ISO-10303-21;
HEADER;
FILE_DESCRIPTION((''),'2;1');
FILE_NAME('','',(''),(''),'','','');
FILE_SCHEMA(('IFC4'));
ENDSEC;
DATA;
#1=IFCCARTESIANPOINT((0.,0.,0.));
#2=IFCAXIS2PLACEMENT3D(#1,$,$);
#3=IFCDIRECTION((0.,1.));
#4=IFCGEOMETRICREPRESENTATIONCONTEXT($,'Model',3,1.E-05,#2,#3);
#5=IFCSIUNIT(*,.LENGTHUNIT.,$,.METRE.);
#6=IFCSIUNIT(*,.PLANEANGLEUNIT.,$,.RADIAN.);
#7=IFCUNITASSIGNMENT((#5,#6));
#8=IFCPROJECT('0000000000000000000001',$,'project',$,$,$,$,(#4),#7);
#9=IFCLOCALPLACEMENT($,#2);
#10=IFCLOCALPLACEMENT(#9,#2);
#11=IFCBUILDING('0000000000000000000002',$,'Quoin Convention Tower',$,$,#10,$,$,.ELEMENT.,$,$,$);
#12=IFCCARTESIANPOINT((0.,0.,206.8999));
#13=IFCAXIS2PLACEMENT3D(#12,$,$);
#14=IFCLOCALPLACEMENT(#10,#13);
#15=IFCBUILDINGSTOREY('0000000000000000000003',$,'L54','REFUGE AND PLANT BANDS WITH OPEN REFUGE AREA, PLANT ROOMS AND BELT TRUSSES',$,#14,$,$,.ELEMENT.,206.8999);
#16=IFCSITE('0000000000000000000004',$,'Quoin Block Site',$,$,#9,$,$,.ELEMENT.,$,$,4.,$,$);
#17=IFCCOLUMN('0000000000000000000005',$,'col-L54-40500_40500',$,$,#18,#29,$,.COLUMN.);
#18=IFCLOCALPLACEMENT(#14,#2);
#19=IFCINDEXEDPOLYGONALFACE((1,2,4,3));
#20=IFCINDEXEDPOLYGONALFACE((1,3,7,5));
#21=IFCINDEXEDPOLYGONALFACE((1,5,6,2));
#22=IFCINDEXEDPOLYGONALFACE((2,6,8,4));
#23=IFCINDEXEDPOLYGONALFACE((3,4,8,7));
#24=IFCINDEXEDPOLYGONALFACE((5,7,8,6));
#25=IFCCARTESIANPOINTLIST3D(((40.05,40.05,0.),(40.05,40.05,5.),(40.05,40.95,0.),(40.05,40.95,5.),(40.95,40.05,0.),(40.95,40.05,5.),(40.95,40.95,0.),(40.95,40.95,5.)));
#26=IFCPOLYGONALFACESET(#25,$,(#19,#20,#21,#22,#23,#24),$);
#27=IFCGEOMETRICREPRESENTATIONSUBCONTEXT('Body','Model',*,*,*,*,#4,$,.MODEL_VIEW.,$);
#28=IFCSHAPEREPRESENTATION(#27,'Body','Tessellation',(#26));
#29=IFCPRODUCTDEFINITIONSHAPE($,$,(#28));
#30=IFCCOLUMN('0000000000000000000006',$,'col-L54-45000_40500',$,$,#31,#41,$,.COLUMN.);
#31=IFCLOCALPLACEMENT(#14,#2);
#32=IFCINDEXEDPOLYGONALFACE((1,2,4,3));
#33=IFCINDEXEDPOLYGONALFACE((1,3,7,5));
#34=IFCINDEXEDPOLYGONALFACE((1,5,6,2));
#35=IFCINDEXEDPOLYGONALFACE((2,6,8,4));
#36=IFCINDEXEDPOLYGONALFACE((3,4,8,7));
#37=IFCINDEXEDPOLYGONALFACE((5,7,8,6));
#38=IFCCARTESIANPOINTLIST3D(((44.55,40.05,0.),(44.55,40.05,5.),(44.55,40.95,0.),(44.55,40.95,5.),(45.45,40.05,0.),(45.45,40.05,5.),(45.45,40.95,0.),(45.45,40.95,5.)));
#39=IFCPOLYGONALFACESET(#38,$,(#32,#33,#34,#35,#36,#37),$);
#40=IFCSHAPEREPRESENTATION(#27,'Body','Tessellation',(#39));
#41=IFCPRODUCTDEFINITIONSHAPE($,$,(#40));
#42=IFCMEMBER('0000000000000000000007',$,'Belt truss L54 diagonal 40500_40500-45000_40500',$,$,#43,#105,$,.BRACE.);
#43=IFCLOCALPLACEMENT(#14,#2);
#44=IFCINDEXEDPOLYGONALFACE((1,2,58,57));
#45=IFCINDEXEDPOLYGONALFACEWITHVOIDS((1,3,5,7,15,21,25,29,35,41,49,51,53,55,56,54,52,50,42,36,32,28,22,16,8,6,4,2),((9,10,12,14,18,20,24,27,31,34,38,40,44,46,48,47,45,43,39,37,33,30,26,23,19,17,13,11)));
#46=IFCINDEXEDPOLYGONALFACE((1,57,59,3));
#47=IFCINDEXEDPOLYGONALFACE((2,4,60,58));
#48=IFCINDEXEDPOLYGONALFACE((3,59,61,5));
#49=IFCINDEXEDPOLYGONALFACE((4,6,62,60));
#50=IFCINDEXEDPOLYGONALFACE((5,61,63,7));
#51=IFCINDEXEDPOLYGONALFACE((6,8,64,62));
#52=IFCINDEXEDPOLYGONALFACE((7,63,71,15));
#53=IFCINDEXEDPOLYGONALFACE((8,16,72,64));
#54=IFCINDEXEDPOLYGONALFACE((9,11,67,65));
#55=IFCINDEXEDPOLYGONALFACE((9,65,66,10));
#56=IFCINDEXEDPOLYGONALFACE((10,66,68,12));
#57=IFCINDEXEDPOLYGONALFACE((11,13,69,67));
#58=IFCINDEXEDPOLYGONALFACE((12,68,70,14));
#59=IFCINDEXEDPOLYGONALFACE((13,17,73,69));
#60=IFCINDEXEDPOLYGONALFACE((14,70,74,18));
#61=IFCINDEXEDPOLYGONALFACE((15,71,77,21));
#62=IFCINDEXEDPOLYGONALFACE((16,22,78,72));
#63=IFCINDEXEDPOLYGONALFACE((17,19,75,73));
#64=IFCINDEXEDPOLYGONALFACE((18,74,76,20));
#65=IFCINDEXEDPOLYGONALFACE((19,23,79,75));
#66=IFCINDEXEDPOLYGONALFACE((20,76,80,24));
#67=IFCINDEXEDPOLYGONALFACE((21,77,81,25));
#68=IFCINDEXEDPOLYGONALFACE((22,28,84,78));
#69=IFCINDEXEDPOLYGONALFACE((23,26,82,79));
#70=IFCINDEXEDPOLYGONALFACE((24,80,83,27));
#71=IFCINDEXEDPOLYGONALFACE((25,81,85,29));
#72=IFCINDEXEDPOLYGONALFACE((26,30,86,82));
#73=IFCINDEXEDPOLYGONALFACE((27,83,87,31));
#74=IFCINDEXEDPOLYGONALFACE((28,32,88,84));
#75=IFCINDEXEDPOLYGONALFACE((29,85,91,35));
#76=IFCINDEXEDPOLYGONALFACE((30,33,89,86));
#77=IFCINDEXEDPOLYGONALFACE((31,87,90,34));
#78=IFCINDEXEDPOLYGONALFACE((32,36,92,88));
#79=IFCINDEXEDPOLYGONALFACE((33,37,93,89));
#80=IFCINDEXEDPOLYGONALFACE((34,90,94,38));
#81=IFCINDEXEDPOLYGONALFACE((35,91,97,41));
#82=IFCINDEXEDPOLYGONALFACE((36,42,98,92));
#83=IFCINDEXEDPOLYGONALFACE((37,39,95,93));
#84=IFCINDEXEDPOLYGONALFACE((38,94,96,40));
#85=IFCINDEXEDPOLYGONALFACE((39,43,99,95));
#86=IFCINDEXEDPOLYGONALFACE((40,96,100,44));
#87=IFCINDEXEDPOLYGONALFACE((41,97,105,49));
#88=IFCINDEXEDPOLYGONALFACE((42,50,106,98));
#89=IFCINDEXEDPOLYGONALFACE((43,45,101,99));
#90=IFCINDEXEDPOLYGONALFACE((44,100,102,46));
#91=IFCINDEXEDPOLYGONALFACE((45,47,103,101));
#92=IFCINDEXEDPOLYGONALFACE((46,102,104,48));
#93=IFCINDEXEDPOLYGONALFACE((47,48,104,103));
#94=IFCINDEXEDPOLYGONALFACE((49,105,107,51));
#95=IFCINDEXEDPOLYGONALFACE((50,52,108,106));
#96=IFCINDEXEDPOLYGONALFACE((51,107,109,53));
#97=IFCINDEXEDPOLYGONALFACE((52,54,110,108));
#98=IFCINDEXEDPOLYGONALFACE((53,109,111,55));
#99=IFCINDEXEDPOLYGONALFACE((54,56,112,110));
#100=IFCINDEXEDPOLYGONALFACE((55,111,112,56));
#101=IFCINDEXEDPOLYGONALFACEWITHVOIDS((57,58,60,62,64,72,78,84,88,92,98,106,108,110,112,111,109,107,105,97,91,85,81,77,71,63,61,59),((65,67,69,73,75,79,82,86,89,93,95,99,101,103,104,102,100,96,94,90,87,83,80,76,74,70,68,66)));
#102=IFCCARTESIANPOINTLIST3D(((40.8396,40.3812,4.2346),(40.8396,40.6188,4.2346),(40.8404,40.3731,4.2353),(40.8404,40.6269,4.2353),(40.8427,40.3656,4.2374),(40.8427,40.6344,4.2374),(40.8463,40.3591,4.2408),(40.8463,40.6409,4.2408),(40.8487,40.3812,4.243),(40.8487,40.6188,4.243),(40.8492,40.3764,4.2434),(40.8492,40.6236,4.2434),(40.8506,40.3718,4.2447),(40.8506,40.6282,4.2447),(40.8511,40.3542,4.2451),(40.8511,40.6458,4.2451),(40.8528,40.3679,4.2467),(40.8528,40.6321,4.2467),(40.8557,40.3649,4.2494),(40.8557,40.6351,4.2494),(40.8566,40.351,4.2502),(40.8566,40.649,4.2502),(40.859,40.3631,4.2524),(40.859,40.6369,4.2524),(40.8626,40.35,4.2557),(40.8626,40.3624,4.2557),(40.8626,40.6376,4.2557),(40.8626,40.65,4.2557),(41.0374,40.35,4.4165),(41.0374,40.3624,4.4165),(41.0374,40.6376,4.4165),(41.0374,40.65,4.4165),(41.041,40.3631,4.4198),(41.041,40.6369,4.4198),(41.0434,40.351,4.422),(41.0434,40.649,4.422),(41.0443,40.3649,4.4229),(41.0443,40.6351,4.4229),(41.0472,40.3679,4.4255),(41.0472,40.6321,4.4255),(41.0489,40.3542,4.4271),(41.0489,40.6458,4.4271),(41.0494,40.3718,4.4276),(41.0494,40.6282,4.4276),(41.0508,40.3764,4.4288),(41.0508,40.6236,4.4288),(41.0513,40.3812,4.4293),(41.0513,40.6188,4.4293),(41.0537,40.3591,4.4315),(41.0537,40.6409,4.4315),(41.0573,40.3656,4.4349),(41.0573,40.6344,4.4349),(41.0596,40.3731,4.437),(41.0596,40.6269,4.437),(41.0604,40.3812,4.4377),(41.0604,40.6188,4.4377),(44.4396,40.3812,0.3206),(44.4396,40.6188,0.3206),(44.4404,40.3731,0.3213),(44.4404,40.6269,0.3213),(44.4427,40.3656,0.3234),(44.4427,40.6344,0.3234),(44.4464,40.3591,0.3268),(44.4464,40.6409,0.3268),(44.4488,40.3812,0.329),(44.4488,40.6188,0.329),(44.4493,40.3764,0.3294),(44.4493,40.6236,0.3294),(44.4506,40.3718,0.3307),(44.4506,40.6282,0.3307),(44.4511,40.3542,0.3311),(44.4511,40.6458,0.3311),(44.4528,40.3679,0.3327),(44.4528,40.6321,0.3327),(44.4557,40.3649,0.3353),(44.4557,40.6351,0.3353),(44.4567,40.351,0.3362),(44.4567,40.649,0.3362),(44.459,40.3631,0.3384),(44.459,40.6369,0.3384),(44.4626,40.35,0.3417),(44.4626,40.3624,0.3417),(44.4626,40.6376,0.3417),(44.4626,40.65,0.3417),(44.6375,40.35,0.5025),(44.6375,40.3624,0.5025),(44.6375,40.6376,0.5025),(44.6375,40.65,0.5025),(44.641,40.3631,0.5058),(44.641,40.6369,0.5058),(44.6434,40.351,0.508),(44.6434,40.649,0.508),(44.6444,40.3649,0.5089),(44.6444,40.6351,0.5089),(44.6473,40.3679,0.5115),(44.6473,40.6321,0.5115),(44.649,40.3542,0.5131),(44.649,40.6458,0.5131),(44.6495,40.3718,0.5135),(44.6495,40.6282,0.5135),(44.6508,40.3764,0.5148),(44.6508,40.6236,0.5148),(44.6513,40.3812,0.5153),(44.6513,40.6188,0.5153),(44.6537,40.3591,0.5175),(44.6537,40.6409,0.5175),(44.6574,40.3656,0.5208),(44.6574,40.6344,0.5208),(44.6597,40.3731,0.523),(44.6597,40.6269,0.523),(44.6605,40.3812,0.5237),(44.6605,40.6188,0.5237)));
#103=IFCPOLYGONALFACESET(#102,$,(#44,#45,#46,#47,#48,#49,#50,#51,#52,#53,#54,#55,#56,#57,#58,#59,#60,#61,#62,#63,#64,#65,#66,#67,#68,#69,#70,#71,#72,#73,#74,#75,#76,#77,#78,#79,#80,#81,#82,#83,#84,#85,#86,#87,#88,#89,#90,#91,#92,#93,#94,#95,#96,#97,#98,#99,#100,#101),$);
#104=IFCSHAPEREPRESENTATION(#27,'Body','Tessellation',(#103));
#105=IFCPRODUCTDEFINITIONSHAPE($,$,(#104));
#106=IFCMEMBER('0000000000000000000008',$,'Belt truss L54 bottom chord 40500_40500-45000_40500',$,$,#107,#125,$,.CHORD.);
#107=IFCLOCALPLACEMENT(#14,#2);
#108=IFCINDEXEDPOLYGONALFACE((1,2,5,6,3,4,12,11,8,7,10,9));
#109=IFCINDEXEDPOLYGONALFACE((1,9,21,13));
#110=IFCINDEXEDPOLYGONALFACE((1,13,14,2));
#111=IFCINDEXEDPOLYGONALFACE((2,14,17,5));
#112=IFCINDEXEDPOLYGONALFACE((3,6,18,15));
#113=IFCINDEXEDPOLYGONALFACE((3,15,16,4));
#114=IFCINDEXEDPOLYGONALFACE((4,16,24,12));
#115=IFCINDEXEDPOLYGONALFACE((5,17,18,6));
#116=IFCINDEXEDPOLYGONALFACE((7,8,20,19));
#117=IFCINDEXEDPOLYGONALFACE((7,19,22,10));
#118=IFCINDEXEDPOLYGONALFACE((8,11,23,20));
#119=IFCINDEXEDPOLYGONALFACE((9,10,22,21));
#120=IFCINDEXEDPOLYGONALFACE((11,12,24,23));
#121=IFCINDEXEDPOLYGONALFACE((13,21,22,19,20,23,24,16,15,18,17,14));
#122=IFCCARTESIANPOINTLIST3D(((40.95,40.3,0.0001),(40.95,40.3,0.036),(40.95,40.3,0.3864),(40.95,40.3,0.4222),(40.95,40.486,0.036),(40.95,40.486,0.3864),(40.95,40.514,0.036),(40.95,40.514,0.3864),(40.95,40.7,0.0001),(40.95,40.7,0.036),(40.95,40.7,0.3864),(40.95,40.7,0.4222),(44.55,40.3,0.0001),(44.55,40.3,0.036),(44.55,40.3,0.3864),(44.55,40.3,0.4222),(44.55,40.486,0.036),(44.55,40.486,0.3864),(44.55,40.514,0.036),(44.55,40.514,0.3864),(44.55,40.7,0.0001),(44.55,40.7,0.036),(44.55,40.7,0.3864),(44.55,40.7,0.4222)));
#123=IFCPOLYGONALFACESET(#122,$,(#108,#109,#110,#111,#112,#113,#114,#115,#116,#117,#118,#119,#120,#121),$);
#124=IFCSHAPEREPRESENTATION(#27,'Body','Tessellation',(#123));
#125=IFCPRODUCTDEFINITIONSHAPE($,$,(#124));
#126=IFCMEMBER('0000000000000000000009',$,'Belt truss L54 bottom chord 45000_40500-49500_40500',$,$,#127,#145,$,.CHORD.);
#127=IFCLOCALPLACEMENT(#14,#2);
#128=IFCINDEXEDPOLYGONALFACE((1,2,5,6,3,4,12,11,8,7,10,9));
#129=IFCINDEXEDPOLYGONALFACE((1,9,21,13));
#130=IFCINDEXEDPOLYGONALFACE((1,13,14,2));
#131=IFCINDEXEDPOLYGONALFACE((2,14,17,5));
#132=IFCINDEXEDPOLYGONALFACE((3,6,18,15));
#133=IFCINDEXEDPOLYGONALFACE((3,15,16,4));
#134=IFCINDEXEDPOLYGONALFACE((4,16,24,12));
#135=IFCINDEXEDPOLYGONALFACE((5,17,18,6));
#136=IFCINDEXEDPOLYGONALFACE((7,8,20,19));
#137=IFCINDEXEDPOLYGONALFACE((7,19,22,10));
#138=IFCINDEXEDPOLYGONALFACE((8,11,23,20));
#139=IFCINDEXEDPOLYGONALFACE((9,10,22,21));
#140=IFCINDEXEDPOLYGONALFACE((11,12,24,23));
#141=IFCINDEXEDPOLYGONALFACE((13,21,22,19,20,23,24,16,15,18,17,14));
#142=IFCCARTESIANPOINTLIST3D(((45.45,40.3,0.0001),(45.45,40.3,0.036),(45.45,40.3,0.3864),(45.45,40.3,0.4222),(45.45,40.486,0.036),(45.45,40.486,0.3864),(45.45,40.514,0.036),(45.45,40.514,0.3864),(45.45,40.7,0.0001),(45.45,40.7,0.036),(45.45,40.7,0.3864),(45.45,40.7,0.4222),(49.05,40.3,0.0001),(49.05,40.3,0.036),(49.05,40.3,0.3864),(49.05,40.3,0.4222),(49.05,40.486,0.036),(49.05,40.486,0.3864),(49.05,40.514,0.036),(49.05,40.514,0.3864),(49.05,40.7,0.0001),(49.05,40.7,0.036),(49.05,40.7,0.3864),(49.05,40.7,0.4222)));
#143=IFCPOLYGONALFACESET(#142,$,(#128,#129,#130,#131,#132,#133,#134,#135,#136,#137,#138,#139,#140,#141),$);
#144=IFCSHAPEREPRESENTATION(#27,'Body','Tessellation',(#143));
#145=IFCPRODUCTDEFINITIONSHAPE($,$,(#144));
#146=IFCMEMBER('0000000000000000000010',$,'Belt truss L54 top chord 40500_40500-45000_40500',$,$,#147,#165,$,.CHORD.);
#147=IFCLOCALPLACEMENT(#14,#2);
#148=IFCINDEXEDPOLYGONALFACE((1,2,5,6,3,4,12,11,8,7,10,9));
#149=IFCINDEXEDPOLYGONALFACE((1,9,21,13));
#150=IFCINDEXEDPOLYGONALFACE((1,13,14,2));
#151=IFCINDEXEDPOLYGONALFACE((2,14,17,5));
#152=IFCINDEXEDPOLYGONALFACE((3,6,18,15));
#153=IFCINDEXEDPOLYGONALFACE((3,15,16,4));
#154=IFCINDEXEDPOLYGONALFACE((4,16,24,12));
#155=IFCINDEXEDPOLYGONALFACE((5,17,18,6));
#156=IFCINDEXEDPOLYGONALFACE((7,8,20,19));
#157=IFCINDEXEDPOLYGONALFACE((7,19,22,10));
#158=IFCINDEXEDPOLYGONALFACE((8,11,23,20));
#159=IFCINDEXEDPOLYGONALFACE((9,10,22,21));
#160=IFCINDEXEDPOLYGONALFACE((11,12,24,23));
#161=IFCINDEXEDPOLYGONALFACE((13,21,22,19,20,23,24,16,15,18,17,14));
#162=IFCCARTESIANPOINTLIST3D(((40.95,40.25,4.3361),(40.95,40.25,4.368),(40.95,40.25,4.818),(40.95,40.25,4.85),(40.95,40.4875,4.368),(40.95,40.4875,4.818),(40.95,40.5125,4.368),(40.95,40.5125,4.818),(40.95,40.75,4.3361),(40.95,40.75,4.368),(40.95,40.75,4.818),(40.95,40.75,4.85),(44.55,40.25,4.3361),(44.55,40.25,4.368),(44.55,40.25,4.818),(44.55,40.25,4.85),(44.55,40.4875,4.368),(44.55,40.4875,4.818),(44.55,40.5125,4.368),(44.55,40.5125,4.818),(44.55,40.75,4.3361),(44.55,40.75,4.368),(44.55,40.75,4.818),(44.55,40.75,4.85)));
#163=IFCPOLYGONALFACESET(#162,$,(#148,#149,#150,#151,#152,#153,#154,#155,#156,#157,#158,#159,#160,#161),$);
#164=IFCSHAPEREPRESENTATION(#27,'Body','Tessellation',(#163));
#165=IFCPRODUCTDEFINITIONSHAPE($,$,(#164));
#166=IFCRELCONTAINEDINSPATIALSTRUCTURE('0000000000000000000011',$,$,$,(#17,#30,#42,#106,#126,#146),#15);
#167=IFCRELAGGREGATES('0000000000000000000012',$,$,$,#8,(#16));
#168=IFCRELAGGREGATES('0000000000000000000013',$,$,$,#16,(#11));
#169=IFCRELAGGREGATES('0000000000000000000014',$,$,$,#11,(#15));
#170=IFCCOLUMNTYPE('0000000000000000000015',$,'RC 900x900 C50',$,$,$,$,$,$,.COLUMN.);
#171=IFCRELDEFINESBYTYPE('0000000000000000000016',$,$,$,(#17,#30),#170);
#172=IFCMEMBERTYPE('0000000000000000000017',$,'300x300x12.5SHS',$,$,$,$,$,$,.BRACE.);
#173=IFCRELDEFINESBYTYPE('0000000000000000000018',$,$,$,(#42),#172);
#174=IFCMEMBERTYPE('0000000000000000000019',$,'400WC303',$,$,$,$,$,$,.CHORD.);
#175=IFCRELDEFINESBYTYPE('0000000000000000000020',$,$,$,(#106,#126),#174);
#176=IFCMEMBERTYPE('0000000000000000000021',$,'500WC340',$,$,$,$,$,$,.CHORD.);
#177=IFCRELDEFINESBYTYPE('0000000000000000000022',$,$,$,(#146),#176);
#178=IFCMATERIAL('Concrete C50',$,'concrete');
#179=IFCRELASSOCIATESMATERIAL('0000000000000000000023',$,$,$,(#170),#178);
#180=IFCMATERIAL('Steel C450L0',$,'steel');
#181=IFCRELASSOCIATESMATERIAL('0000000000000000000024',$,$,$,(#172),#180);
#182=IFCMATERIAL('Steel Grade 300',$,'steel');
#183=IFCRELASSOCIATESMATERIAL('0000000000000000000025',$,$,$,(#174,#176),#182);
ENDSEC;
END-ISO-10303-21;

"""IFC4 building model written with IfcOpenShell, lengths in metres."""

from ifc_helpers import new_model, si_unit, direction, frame, origin, origin_2d, place, context, subcontext, project, spatial, rectangle, hollow_rectangle, i_section, extrude, material, material_profile, profile_set, type_object, element, save


model = new_model("IFC4")

# Units and contexts
model_context = context("Model", 3, precision=1e-05, world=origin(), true_north=direction((0.0, 1.0)))
body_context = subcontext(model_context, "Body", "Model", "MODEL_VIEW")
ifc_project = project(units=[si_unit("LENGTHUNIT", "METRE"), si_unit("PLANEANGLEUNIT", "RADIAN")], contexts=[model_context])

# Site, building, storey
site_placement = place(None, origin())
site = spatial("IfcSite", under=ifc_project, at=site_placement, Name="Quoin Block Site", CompositionType="ELEMENT", RefElevation=4.0)
building_placement = place(site_placement, origin())
building = spatial("IfcBuilding", under=site, at=building_placement, Name="Quoin Convention Tower", CompositionType="ELEMENT")
storey_placement = place(building_placement, frame((0.0, 0.0, 206.8999)))
storey = spatial("IfcBuildingStorey", under=building, at=storey_placement, Name="L54", Description="REFUGE AND PLANT BANDS WITH OPEN REFUGE AREA, PLANT ROOMS AND BELT TRUSSES", CompositionType="ELEMENT", Elevation=206.8999)

# Columns
ifc_material_1 = material(Name="Concrete C50", Category="concrete")
ifc_material_profile_1 = material_profile(ifc_material_1, rectangle(XDim=0.8999, YDim=0.8999, at=origin_2d()), Name="RC 900x900")
ifc_profile_set_1 = profile_set([ifc_material_profile_1], Name="Concrete C50")
column_type = type_object("IfcColumnType", Name="RC 900x900 C50", PredefinedType="COLUMN", material=ifc_profile_set_1)
for number, where, z_axis, x_axis, name in (
    (1, (40.5, 40.5, 0.0), (0.0, 0.0, 1.0), (1.0, 0.0, 0.0), "col-L54-40500_40500"),
    (2, (45.0, 40.5, 0.0), (0.0, 0.0, 1.0), (1.0, 0.0, 0.0), "col-L54-45000_40500"),
):
    element("IfcColumn", number, at=place(storey_placement, frame(where, z_axis=z_axis, x_axis=x_axis)), inside=storey, type_object=column_type, Name=name, PredefinedType="COLUMN", context=body_context, shape_type="SweptSolid", body=[
        extrude(rectangle(XDim=0.8999, YDim=0.8999, at=origin_2d()), origin(), (0.0, 0.0, 1.0), 5.0),
    ])

# Members
ifc_material_2 = material(Name="Steel C450L0", Category="steel")
ifc_material_profile_2 = material_profile(ifc_material_2, hollow_rectangle(XDim=0.3, YDim=0.3, WallThickness=0.0125, InnerFilletRadius=0.0188, OuterFilletRadius=0.0312, at=origin_2d()), Name="300x300x12.5SHS")
ifc_profile_set_2 = profile_set([ifc_material_profile_2], Name="Steel C450L0")
member_type_1 = type_object("IfcMemberType", Name="300x300x12.5SHS", PredefinedType="BRACE", material=ifc_profile_set_2)
member_1_placement = place(storey_placement, frame((44.55, 40.5, 0.4221), z_axis=(-0.676971, 0.0, 0.73601), x_axis=(0.0, -1.0, 0.0)))
element("IfcMember", 3, at=member_1_placement, inside=storey, type_object=member_type_1, Name="Belt truss L54 diagonal 40500_40500-45000_40500", PredefinedType="BRACE", context=body_context, shape_type="SweptSolid", body=[
    extrude(hollow_rectangle(XDim=0.3, YDim=0.3, WallThickness=0.0125, InnerFilletRadius=0.0188, OuterFilletRadius=0.0312, at=origin_2d()), origin(), (0.0, 0.0, 1.0), 5.3179),
])
ifc_material_3 = material(Name="Steel Grade 300", Category="steel")
ifc_material_profile_3 = material_profile(ifc_material_3, i_section(OverallWidth=0.3999, OverallDepth=0.4221, WebThickness=0.0281, FlangeThickness=0.0359, at=origin_2d()), Name="400WC303")
ifc_profile_set_3 = profile_set([ifc_material_profile_3], Name="Steel Grade 300")
member_type_2 = type_object("IfcMemberType", Name="400WC303", PredefinedType="CHORD", material=ifc_profile_set_3)
for number, where, z_axis, x_axis, name in (
    (4, (40.95, 40.5, 0.2112), (1.0, 0.0, 0.0), (0.0, 1.0, 0.0), "Belt truss L54 bottom chord 40500_40500-45000_40500"),
    (5, (45.45, 40.5, 0.2112), (1.0, 0.0, 0.0), (0.0, 1.0, 0.0), "Belt truss L54 bottom chord 45000_40500-49500_40500"),
):
    element("IfcMember", number, at=place(storey_placement, frame(where, z_axis=z_axis, x_axis=x_axis)), inside=storey, type_object=member_type_2, Name=name, PredefinedType="CHORD", context=body_context, shape_type="SweptSolid", body=[
        extrude(i_section(OverallWidth=0.3999, OverallDepth=0.4221, WebThickness=0.0281, FlangeThickness=0.0359, at=origin_2d()), origin(), (0.0, 0.0, 1.0), 3.6001),
    ])
ifc_material_profile_4 = material_profile(ifc_material_3, i_section(OverallWidth=0.5, OverallDepth=0.5139, WebThickness=0.0249, FlangeThickness=0.032, at=origin_2d()), Name="500WC340")
ifc_profile_set_4 = profile_set([ifc_material_profile_4], Name="Steel Grade 300")
member_type_3 = type_object("IfcMemberType", Name="500WC340", PredefinedType="CHORD", material=ifc_profile_set_4)
member_2_placement = place(storey_placement, frame((40.95, 40.5, 4.593), z_axis=(1.0, 0.0, 0.0), x_axis=(0.0, 1.0, 0.0)))
element("IfcMember", 6, at=member_2_placement, inside=storey, type_object=member_type_3, Name="Belt truss L54 top chord 40500_40500-45000_40500", PredefinedType="CHORD", context=body_context, shape_type="SweptSolid", body=[
    extrude(i_section(OverallWidth=0.5, OverallDepth=0.5139, WebThickness=0.0249, FlangeThickness=0.032, at=origin_2d()), origin(), (0.0, 0.0, 1.0), 3.6001),
])

save(model, "model.ifc")
